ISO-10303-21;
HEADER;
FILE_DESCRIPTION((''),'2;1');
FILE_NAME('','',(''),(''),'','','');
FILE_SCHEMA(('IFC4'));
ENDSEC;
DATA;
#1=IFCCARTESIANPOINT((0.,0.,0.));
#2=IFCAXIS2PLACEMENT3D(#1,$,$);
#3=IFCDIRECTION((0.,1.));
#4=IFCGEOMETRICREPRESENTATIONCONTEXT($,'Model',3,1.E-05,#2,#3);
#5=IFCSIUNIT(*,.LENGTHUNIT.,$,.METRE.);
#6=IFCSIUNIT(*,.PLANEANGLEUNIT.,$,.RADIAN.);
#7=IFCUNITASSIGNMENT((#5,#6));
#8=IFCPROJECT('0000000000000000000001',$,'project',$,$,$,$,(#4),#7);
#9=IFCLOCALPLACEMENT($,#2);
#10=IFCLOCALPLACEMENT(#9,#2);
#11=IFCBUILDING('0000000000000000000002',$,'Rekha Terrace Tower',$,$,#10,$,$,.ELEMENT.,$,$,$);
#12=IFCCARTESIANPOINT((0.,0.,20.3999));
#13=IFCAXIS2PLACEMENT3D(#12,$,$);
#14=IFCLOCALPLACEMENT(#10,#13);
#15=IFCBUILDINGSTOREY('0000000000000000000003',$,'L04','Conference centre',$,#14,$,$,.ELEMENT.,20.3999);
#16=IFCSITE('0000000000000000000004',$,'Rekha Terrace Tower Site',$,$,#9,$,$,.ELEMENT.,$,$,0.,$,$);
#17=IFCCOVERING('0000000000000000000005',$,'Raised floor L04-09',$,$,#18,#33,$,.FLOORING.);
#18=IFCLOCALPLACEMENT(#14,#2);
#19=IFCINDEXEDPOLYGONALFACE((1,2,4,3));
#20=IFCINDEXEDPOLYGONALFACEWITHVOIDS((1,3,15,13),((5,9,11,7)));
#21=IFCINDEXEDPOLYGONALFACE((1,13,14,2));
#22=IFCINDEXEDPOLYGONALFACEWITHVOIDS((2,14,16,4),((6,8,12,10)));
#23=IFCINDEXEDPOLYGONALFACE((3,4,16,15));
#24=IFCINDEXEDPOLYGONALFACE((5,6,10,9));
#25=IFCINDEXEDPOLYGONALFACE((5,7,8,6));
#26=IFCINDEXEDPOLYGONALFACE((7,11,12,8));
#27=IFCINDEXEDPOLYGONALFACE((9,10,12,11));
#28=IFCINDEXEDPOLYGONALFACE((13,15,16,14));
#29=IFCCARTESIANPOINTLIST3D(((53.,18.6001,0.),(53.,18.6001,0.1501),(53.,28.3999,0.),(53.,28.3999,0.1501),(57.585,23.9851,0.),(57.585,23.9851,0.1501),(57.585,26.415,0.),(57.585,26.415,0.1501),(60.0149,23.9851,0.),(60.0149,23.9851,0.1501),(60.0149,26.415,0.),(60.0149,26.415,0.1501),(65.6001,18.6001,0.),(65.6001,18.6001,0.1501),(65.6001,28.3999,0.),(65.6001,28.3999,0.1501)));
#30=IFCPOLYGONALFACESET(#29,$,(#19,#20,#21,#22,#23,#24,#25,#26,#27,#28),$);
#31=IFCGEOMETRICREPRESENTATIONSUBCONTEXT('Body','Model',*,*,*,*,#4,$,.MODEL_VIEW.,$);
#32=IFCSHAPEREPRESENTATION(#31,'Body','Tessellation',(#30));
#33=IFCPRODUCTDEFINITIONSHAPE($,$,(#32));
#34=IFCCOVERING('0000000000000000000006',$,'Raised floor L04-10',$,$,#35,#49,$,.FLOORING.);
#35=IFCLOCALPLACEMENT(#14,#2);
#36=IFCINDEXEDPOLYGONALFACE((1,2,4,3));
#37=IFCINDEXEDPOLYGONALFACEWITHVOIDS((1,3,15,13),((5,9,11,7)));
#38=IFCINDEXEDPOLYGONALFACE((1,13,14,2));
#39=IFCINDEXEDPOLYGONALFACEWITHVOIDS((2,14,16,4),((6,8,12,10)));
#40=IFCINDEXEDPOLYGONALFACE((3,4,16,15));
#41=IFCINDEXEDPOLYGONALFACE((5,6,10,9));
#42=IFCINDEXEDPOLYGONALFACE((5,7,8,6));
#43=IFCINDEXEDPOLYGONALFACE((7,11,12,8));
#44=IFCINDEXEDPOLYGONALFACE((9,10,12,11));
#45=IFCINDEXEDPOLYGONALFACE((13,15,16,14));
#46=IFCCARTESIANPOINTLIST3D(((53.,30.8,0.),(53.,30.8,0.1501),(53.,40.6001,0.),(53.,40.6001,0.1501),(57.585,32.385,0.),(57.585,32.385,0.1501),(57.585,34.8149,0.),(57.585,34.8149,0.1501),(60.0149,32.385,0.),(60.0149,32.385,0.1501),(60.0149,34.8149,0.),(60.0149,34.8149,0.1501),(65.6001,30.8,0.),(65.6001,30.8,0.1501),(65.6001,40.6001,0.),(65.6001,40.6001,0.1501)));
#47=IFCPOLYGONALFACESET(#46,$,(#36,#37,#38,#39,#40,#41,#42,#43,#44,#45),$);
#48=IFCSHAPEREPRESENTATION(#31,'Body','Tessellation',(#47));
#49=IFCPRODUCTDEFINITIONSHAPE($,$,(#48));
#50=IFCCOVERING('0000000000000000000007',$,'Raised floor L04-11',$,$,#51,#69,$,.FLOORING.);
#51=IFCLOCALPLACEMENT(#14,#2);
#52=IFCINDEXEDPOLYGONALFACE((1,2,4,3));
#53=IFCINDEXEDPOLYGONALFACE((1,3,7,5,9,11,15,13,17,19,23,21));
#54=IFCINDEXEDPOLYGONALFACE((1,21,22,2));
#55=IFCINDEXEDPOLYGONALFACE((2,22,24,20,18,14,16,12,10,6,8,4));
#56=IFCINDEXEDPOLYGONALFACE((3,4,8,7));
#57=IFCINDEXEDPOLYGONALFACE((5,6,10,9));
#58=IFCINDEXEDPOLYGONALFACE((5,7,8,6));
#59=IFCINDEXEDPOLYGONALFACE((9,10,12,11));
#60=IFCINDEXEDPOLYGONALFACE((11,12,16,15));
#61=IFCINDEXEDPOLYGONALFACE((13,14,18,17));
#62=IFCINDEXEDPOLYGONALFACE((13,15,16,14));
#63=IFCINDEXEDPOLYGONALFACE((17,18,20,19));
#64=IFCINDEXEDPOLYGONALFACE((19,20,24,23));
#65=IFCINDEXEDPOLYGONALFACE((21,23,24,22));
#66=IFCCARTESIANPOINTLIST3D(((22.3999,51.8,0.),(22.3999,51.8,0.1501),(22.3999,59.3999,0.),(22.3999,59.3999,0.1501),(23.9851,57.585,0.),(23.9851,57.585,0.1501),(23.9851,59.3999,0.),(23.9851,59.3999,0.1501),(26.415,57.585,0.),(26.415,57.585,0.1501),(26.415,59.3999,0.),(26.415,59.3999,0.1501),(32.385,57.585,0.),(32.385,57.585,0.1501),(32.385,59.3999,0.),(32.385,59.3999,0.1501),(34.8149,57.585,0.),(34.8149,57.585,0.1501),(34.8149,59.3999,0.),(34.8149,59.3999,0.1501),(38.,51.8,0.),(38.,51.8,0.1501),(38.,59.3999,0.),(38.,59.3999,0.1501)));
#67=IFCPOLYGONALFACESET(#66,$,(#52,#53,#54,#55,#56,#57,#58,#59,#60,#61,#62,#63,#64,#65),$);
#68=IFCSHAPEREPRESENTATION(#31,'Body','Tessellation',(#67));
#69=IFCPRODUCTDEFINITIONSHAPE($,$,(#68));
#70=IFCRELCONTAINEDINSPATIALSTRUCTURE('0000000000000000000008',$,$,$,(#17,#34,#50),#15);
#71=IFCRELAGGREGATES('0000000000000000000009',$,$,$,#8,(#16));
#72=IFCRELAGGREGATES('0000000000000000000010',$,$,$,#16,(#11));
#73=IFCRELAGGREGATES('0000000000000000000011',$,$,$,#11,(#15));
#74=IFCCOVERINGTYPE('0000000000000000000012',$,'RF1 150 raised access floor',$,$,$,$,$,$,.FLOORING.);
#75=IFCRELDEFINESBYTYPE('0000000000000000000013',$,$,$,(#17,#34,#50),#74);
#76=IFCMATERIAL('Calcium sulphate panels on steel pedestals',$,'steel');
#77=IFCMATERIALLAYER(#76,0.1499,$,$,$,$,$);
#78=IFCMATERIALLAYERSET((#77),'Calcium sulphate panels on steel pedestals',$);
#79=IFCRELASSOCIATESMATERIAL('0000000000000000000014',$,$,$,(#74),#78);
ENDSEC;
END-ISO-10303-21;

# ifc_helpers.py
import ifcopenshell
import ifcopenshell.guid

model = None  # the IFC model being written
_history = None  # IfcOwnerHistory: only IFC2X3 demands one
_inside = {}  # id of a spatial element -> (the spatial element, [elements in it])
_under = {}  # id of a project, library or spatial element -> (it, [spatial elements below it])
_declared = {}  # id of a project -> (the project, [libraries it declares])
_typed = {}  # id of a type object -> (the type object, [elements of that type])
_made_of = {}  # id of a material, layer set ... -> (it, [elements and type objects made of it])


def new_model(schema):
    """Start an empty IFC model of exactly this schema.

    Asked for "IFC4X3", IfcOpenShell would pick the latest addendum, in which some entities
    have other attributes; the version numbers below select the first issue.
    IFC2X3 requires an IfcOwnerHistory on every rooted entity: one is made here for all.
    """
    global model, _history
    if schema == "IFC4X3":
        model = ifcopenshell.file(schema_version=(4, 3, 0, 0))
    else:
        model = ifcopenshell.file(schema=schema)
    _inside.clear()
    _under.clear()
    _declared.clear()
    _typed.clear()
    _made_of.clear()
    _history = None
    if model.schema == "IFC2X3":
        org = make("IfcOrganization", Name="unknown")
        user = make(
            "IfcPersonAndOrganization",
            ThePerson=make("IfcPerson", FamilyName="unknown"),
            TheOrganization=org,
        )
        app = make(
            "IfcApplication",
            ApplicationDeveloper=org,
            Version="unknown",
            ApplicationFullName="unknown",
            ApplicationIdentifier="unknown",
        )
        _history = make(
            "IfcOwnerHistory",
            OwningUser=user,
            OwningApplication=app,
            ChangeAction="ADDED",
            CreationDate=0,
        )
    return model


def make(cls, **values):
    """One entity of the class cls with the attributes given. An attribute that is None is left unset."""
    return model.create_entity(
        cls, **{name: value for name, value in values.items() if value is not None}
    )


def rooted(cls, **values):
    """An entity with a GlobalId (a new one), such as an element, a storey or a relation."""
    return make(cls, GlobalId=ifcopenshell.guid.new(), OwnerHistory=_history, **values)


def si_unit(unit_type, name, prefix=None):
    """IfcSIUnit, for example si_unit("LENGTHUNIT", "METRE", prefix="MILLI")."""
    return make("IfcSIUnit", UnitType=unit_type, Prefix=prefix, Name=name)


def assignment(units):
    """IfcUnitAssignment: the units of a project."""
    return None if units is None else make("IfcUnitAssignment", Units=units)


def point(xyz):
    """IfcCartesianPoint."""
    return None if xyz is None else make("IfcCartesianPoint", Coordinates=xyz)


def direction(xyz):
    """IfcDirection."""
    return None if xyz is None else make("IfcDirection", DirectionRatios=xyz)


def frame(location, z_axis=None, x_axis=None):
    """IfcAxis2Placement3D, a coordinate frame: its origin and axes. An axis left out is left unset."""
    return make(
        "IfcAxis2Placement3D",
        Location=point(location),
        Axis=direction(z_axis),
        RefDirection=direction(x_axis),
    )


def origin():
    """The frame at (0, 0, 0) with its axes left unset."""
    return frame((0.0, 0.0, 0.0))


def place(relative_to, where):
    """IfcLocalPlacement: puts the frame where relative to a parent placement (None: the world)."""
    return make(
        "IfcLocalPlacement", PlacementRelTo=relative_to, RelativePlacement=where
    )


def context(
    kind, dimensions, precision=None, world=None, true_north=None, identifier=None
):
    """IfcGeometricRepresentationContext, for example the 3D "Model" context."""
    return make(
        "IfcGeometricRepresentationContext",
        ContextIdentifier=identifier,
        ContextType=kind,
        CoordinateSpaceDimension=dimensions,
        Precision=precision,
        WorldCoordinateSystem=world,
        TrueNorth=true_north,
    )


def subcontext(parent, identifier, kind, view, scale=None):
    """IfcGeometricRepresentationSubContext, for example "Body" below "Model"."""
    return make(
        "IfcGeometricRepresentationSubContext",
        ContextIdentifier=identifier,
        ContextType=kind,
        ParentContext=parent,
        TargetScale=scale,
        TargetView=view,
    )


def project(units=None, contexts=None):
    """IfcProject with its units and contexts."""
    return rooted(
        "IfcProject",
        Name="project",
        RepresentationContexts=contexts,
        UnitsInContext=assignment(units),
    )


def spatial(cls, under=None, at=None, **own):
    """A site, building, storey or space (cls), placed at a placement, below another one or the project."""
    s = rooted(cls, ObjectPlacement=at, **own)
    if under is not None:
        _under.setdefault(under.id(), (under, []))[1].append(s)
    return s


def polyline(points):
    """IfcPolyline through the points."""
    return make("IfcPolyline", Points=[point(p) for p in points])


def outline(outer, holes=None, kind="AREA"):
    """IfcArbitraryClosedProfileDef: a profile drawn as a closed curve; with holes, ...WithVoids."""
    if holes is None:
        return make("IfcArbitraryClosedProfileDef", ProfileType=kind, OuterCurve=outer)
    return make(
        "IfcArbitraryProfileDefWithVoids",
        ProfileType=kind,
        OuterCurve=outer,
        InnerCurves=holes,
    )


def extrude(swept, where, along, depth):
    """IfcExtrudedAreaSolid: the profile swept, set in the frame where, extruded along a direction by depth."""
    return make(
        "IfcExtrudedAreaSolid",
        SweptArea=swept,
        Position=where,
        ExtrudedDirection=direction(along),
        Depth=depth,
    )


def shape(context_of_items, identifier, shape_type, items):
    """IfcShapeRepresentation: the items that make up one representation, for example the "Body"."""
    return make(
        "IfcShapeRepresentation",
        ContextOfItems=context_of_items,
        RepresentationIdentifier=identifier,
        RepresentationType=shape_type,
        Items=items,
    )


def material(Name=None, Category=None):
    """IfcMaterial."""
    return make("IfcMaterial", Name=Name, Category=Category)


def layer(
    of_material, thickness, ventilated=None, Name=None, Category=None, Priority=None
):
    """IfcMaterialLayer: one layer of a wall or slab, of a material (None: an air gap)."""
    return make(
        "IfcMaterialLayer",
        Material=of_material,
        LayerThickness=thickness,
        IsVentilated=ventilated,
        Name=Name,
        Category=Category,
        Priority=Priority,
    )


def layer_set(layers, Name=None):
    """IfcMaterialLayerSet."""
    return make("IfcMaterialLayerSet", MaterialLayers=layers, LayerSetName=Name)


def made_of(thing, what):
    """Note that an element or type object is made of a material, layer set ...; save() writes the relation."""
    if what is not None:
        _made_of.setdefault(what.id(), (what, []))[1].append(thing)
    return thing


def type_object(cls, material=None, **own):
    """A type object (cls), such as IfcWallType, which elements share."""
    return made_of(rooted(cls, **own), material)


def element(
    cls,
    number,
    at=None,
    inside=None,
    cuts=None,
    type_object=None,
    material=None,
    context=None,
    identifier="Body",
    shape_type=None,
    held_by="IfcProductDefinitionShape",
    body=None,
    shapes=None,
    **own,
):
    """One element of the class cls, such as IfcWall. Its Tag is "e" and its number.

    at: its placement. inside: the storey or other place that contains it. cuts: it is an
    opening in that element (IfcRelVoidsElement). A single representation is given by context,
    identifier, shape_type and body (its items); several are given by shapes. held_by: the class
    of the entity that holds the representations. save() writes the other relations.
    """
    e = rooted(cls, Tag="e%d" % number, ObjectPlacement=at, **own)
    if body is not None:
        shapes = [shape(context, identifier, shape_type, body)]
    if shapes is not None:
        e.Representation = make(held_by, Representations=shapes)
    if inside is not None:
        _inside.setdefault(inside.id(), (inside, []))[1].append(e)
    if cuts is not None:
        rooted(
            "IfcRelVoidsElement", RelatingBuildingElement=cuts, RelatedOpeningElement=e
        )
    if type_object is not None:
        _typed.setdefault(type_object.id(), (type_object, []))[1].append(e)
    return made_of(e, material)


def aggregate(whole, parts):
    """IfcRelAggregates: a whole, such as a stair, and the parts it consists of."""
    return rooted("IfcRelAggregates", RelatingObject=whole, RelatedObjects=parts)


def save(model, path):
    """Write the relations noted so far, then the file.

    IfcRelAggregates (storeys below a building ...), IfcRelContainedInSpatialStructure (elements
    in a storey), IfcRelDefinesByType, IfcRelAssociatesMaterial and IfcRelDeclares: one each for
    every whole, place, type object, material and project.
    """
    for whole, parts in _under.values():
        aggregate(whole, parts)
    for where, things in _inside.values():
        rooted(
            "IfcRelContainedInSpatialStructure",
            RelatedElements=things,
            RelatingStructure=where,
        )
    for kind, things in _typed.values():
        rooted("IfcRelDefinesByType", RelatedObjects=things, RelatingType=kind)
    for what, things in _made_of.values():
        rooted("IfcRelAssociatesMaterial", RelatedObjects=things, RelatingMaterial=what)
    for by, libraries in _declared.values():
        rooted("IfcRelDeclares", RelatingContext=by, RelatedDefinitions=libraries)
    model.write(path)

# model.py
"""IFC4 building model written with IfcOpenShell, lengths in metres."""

from ifc_helpers import new_model, si_unit, direction, frame, origin, place, context, subcontext, project, spatial, polyline, outline, extrude, material, layer, layer_set, type_object, element, save


model = new_model("IFC4")

# Units and contexts
model_context = context("Model", 3, precision=1e-05, world=origin(), true_north=direction((0.0, 1.0)))
body_context = subcontext(model_context, "Body", "Model", "MODEL_VIEW")
ifc_project = project(units=[si_unit("LENGTHUNIT", "METRE"), si_unit("PLANEANGLEUNIT", "RADIAN")], contexts=[model_context])

# Site, building, storey
site_placement = place(None, origin())
site = spatial("IfcSite", under=ifc_project, at=site_placement, Name="Rekha Terrace Tower Site", CompositionType="ELEMENT", RefElevation=0.0)
building_placement = place(site_placement, origin())
building = spatial("IfcBuilding", under=site, at=building_placement, Name="Rekha Terrace Tower", CompositionType="ELEMENT")
storey_placement = place(building_placement, frame((0.0, 0.0, 20.3999)))
storey = spatial("IfcBuildingStorey", under=building, at=storey_placement, Name="L04", Description="Conference centre", CompositionType="ELEMENT", Elevation=20.3999)

# Coverings
ifc_material_1 = material(Name="Calcium sulphate panels on steel pedestals", Category="steel")
ifc_layer_1 = layer(ifc_material_1, 0.1499)
ifc_layer_set_1 = layer_set([ifc_layer_1], Name="Calcium sulphate panels on steel pedestals")
covering_type_1 = type_object("IfcCoveringType", Name="RF1 150 raised access floor", PredefinedType="FLOORING", material=ifc_layer_set_1)
covering_1_placement = place(storey_placement, origin())
element("IfcCovering", 1, at=covering_1_placement, inside=storey, type_object=covering_type_1, Name="Raised floor L04-09", PredefinedType="FLOORING", context=body_context, shape_type="SweptSolid", body=[
    extrude(outline(polyline([(65.6001, 28.3999), (53.0, 28.3999), (53.0, 18.6001), (65.6001, 18.6001), (65.6001, 28.3999)]), holes=[polyline([(60.0149, 23.9851), (57.585, 23.9851), (57.585, 26.415), (60.0149, 26.415), (60.0149, 23.9851)])]), origin(), (0.0, 0.0, 1.0), 0.1501),
])
covering_2_placement = place(storey_placement, origin())
element("IfcCovering", 2, at=covering_2_placement, inside=storey, type_object=covering_type_1, Name="Raised floor L04-10", PredefinedType="FLOORING", context=body_context, shape_type="SweptSolid", body=[
    extrude(outline(polyline([(53.0, 40.6001), (53.0, 30.8), (65.6001, 30.8), (65.6001, 40.6001), (53.0, 40.6001)]), holes=[polyline([(57.585, 32.385), (57.585, 34.8149), (60.0149, 34.8149), (60.0149, 32.385), (57.585, 32.385)])]), origin(), (0.0, 0.0, 1.0), 0.1501),
])
covering_3_placement = place(storey_placement, origin())
element("IfcCovering", 3, at=covering_3_placement, inside=storey, type_object=covering_type_1, Name="Raised floor L04-11", PredefinedType="FLOORING", context=body_context, shape_type="SweptSolid", body=[
    extrude(outline(polyline([(22.3999, 59.3999), (22.3999, 51.8), (38.0, 51.8), (38.0, 59.3999), (34.8149, 59.3999), (34.8149, 57.585), (32.385, 57.585), (32.385, 59.3999), (26.415, 59.3999), (26.415, 57.585), (23.9851, 57.585), (23.9851, 59.3999), (22.3999, 59.3999)])), origin(), (0.0, 0.0, 1.0), 0.1501),
])

save(model, "model.ifc")
